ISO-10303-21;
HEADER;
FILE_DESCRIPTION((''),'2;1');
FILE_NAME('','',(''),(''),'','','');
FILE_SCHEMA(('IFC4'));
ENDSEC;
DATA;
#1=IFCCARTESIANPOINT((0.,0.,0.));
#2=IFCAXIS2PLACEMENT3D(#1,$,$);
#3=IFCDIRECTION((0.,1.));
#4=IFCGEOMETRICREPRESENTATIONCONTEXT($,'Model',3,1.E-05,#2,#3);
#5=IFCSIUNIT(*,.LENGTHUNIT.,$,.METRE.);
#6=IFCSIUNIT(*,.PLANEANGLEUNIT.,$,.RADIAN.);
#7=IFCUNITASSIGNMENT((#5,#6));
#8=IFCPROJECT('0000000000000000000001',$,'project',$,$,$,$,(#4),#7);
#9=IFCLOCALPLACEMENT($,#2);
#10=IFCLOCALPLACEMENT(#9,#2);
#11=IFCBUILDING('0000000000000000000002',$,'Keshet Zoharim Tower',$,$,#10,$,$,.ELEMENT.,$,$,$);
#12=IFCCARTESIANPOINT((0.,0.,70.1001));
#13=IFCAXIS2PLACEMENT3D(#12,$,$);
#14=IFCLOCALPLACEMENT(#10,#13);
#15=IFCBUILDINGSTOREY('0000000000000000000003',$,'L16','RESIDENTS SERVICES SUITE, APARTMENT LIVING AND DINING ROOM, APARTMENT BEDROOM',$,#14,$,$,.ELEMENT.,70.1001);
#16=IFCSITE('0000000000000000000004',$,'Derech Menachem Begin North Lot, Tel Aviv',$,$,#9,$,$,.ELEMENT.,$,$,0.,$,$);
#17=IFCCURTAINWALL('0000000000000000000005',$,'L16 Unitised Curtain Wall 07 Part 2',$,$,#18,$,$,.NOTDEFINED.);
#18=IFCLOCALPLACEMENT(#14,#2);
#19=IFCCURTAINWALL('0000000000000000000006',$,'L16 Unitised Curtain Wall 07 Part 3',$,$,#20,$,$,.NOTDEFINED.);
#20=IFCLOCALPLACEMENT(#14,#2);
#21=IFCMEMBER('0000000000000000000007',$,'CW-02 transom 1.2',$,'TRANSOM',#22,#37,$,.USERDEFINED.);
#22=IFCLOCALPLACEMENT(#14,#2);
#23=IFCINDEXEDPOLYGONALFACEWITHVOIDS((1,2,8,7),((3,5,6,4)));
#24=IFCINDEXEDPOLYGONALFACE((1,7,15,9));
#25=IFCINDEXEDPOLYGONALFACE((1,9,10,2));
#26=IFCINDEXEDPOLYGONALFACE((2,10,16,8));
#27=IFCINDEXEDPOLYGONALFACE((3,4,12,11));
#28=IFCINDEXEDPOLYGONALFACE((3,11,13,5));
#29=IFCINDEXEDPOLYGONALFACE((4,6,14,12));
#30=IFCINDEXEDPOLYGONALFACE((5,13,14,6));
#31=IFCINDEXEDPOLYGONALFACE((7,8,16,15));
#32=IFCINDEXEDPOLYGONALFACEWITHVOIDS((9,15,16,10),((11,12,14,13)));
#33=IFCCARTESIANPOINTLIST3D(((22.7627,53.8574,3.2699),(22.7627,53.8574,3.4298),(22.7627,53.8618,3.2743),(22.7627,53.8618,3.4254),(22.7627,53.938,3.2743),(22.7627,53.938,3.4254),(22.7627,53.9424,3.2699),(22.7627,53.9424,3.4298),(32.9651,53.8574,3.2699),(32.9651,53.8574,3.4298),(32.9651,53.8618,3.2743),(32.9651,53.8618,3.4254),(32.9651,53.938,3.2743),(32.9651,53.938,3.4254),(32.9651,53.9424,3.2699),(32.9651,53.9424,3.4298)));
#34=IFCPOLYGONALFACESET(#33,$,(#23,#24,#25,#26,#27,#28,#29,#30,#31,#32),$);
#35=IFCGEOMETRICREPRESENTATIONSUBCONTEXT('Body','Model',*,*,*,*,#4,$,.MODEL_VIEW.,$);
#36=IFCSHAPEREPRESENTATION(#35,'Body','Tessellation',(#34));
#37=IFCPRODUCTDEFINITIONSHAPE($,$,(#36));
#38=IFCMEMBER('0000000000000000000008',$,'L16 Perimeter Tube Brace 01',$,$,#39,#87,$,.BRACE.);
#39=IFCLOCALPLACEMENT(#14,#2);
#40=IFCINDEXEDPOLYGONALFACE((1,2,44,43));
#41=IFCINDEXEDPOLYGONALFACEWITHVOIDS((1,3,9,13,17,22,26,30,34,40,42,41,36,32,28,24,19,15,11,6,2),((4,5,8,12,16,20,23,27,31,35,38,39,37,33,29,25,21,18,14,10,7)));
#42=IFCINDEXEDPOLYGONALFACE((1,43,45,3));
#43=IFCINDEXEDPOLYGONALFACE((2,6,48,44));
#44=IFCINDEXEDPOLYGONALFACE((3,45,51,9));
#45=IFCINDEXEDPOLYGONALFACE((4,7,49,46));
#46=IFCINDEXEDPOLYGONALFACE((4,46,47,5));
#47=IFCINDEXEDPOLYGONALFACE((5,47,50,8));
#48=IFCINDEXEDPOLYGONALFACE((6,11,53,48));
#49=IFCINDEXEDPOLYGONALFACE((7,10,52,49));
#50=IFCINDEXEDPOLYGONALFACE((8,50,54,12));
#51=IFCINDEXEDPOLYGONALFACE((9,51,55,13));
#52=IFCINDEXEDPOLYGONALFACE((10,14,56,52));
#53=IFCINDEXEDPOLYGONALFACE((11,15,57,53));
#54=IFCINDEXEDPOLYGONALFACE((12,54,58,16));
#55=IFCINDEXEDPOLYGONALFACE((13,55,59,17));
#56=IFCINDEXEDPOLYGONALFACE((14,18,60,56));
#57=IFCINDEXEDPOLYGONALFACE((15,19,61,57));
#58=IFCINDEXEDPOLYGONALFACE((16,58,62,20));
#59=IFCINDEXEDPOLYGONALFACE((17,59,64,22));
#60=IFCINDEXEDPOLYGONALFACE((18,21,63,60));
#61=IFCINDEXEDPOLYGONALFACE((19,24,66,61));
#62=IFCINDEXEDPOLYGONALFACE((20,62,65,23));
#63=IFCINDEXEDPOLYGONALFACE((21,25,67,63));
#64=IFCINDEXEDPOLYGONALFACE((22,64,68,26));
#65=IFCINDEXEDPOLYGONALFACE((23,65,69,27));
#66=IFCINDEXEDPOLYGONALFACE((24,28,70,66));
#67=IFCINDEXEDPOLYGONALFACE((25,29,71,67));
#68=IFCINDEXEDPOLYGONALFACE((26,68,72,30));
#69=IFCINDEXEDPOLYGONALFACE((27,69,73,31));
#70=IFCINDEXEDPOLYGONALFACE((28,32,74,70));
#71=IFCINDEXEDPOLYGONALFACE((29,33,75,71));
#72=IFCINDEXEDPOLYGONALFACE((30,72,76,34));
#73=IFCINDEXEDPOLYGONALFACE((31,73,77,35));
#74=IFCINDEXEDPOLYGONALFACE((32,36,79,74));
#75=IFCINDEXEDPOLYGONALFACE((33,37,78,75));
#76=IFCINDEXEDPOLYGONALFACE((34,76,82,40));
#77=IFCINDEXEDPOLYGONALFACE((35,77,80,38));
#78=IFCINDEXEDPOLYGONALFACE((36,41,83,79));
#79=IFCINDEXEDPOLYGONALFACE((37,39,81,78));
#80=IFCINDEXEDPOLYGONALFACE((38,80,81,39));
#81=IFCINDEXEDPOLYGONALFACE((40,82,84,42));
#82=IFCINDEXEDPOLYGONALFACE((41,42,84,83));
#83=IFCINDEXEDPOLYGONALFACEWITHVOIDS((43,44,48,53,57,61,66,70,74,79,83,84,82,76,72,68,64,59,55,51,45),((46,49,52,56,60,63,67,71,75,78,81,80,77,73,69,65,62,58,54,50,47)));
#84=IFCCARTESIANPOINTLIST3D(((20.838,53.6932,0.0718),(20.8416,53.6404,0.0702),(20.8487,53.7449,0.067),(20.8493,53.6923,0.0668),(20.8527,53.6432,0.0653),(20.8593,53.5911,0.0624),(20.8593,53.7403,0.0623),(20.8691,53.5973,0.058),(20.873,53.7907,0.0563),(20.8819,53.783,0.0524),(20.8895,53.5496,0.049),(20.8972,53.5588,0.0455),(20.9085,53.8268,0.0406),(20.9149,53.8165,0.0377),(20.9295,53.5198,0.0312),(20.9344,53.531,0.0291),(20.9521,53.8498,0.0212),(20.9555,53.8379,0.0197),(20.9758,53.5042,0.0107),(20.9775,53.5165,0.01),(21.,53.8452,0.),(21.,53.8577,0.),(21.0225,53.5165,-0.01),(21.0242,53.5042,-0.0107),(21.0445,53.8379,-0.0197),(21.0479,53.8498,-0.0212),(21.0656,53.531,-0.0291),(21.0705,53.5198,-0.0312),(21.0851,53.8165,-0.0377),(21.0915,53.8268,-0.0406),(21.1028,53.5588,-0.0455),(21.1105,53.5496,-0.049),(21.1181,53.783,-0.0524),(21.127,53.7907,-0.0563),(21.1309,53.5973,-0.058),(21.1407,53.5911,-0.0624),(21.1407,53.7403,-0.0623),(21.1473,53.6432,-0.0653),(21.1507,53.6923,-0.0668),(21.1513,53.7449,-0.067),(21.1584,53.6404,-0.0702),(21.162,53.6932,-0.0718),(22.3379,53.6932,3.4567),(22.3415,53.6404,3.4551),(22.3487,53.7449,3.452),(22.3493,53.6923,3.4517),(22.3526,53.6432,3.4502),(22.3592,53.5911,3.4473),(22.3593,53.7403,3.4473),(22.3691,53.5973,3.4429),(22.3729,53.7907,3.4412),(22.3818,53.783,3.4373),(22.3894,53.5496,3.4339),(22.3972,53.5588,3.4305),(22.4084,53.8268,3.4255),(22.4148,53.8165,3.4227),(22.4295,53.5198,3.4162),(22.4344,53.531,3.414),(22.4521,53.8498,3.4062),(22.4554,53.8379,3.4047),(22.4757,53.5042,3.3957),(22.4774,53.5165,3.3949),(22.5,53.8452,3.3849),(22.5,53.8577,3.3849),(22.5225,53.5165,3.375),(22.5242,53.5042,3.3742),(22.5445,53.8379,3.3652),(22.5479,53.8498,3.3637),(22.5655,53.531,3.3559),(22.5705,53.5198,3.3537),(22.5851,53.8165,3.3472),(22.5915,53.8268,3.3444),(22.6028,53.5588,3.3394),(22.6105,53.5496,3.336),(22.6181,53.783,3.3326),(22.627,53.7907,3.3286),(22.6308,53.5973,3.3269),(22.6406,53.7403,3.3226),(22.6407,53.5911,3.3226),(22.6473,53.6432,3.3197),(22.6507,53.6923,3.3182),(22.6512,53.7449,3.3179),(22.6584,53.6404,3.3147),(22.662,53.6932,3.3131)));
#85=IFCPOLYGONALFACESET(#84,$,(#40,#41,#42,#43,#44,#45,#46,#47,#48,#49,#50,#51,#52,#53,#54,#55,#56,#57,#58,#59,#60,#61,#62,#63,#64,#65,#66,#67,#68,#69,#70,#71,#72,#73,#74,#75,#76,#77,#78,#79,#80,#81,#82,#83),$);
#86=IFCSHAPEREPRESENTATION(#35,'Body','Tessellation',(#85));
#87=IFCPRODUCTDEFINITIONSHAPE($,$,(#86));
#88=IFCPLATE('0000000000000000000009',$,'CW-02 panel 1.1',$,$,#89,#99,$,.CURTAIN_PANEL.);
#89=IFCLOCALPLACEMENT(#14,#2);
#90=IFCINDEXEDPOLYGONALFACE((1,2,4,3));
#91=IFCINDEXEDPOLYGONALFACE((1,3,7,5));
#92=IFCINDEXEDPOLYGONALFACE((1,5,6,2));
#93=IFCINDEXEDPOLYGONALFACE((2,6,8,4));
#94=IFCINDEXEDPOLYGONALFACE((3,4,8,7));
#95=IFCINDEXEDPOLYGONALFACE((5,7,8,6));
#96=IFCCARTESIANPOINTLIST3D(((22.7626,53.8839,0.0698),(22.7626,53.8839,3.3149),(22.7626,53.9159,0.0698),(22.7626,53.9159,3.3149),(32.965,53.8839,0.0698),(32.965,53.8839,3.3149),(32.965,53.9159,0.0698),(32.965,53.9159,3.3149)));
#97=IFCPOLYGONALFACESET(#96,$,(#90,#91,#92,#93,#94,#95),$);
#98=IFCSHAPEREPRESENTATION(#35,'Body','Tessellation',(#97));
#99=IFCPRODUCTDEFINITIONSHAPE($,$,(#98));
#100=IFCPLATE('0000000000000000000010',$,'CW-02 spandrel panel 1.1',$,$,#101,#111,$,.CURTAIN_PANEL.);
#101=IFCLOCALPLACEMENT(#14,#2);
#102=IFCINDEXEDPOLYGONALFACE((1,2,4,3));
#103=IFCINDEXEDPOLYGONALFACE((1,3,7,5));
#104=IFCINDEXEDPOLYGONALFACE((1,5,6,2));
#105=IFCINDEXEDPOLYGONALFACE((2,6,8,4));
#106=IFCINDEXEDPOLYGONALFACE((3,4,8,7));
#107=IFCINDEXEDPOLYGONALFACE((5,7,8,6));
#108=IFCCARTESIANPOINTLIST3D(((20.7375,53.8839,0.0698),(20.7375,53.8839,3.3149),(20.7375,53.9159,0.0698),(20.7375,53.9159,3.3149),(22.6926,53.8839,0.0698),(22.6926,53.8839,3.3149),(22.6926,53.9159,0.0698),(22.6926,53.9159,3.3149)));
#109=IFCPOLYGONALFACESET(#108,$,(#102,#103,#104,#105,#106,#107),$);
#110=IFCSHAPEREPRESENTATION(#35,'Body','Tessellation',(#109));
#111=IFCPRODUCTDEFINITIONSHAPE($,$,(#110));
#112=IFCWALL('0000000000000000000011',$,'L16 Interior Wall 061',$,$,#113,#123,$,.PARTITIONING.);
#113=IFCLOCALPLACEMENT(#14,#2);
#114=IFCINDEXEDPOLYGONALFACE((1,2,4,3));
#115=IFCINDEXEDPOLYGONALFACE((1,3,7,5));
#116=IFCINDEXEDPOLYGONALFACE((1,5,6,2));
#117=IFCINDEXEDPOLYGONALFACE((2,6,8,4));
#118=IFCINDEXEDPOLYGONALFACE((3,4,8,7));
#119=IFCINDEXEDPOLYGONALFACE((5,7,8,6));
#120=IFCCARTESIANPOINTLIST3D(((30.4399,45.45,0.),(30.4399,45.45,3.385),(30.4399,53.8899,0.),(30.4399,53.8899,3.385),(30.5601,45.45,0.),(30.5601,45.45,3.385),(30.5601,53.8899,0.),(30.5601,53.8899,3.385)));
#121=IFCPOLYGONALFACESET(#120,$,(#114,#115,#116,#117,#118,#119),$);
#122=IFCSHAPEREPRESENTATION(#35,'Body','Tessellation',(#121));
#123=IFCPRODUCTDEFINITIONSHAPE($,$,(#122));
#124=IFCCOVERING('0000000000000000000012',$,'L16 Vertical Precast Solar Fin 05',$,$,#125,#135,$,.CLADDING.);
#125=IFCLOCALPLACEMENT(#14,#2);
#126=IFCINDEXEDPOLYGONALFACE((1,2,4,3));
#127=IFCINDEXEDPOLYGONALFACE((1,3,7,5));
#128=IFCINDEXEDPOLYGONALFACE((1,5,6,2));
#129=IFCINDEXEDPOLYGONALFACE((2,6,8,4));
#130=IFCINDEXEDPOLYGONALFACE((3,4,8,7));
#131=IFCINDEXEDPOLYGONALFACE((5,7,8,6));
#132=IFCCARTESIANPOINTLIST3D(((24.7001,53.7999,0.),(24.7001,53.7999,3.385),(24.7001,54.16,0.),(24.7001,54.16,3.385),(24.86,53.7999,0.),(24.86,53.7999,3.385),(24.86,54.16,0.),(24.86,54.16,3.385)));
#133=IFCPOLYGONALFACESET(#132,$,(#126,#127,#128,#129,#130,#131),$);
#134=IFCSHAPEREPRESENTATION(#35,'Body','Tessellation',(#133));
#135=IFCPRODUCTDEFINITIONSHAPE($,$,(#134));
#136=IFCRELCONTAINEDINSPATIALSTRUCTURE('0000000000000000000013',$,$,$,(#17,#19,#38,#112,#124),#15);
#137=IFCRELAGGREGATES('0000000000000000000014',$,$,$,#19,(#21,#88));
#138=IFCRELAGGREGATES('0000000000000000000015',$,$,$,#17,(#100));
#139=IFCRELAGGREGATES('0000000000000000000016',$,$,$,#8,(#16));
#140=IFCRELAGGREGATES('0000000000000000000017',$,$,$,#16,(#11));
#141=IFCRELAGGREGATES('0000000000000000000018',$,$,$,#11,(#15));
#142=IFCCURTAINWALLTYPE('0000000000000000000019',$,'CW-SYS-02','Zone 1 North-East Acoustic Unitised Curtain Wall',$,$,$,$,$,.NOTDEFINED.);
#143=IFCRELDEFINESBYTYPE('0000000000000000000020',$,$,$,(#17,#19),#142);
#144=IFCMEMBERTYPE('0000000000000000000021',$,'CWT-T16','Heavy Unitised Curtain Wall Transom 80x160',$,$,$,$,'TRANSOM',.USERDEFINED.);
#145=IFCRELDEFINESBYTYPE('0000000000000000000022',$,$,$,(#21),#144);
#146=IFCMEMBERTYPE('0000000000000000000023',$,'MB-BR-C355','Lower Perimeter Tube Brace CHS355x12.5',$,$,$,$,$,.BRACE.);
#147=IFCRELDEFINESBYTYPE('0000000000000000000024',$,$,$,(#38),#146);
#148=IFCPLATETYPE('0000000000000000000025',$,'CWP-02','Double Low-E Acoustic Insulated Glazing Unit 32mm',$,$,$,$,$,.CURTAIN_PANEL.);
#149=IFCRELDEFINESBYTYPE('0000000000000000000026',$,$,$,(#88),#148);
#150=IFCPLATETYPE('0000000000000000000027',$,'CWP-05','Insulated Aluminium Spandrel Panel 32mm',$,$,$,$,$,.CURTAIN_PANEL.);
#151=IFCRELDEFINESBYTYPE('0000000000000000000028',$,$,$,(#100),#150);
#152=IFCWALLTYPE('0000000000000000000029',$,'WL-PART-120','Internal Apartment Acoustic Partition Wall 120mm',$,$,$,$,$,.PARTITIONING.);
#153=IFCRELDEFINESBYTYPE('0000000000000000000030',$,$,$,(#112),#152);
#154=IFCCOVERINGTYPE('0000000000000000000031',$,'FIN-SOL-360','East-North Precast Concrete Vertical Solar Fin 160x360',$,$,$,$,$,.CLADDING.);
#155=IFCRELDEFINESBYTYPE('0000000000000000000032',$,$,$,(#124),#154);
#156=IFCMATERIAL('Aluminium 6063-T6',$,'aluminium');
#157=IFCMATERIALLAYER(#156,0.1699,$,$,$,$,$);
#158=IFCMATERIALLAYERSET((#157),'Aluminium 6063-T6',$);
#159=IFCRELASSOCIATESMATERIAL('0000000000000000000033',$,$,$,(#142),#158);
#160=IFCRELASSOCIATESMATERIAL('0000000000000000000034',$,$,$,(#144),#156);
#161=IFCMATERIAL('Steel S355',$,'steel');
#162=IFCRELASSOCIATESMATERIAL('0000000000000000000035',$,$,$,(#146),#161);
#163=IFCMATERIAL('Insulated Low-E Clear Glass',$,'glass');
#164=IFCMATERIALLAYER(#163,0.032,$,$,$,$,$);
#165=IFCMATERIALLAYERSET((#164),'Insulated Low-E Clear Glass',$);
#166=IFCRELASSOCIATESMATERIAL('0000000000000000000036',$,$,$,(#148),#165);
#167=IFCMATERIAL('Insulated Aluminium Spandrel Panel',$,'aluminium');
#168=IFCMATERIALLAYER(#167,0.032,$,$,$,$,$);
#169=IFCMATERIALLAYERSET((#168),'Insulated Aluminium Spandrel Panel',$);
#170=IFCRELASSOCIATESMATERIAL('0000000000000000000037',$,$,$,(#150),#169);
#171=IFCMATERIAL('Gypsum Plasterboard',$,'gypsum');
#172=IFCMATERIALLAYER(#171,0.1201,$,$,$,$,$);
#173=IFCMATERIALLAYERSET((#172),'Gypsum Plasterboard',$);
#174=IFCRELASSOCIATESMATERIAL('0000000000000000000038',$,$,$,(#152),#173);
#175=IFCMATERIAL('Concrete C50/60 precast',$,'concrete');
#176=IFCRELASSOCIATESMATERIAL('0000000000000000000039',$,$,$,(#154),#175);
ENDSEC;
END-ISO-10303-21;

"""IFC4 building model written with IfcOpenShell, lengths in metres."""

from ifc_helpers import new_model, si_unit, direction, frame, frame_2d, origin, origin_2d, place, context, subcontext, project, spatial, rectangle, hollow_rectangle, hollow_circle, extrude, material, layer, layer_set, material_profile, profile_set, type_object, element, aggregate, save


model = new_model("IFC4")

# Units and contexts
model_context = context("Model", 3, precision=1e-05, world=origin(), true_north=direction((0.0, 1.0)))
body_context = subcontext(model_context, "Body", "Model", "MODEL_VIEW")
ifc_project = project(units=[si_unit("LENGTHUNIT", "METRE"), si_unit("PLANEANGLEUNIT", "RADIAN")], contexts=[model_context])

# Site, building, storey
site_placement = place(None, origin())
site = spatial("IfcSite", under=ifc_project, at=site_placement, Name="Derech Menachem Begin North Lot, Tel Aviv", CompositionType="ELEMENT", RefElevation=0.0)
building_placement = place(site_placement, origin())
building = spatial("IfcBuilding", under=site, at=building_placement, Name="Keshet Zoharim Tower", CompositionType="ELEMENT")
storey_placement = place(building_placement, frame((0.0, 0.0, 70.1001)))
storey = spatial("IfcBuildingStorey", under=building, at=storey_placement, Name="L16", Description="RESIDENTS SERVICES SUITE, APARTMENT LIVING AND DINING ROOM, APARTMENT BEDROOM", CompositionType="ELEMENT", Elevation=70.1001)

# Shared definitions
ifc_material_1 = material(Name="Steel S355", Category="steel")

# Shared definitions
ifc_material_2 = material(Name="Aluminium 6063-T6", Category="aluminium")
ifc_layer_1 = layer(ifc_material_2, 0.1699)
ifc_layer_set_1 = layer_set([ifc_layer_1], Name="Aluminium 6063-T6")
curtain_wall_type = type_object("IfcCurtainWallType", Name="CW-SYS-02", Description="Zone 1 North-East Acoustic Unitised Curtain Wall", PredefinedType="NOTDEFINED", material=ifc_layer_set_1)

# Curtain walls, member
curtain_wall_1_placement = place(storey_placement, origin())
curtain_wall_1 = element("IfcCurtainWall", 1, at=curtain_wall_1_placement, inside=storey, type_object=curtain_wall_type, Name="L16 Unitised Curtain Wall 07 Part 2", PredefinedType="NOTDEFINED")
ifc_material_profile_1 = material_profile(ifc_material_2, hollow_rectangle(XDim=0.085, YDim=0.1599, WallThickness=0.0044, at=origin_2d()), Name="TRN-85x160")
ifc_profile_set_1 = profile_set([ifc_material_profile_1], Name="Aluminium 6063-T6")
member_type_1 = type_object("IfcMemberType", Name="CWT-T16", Description="Heavy Unitised Curtain Wall Transom 80x160", ElementType="TRANSOM", PredefinedType="USERDEFINED", material=ifc_profile_set_1)
curtain_wall_2_placement = place(storey_placement, origin())
curtain_wall_2 = element("IfcCurtainWall", 2, at=curtain_wall_2_placement, inside=storey, type_object=curtain_wall_type, Name="L16 Unitised Curtain Wall 07 Part 3", PredefinedType="NOTDEFINED")
member_1_placement = place(storey_placement, frame((22.7627, 53.8999, 3.3499), z_axis=(1.0, 0.0, 0.0), x_axis=(0.0, 1.0, 0.0)))
member_1 = element("IfcMember", 3, at=member_1_placement, type_object=member_type_1, Name="CW-02 transom 1.2", ObjectType="TRANSOM", PredefinedType="USERDEFINED", context=body_context, shape_type="SweptSolid", body=[
    extrude(hollow_rectangle(XDim=0.085, YDim=0.1599, WallThickness=0.0044, at=origin_2d()), origin(), (0.0, 0.0, 1.0), 10.2024),
])

# Member
ifc_material_profile_2 = material_profile(ifc_material_1, hollow_circle(Radius=0.1777, WallThickness=0.0125, at=origin_2d()), Name="CHS355x12.5")
ifc_profile_set_2 = profile_set([ifc_material_profile_2], Name="Steel S355")
member_type_2 = type_object("IfcMemberType", Name="MB-BR-C355", Description="Lower Perimeter Tube Brace CHS355x12.5", PredefinedType="BRACE", material=ifc_profile_set_2)
member_2_placement = place(storey_placement, frame((21.0, 53.6799, 0.0), z_axis=(0.405135, 0.0, 0.914257), x_axis=(0.0, 1.0, 0.0)))
element("IfcMember", 4, at=member_2_placement, inside=storey, type_object=member_type_2, Name="L16 Perimeter Tube Brace 01", PredefinedType="BRACE", context=body_context, shape_type="SweptSolid", body=[
    extrude(hollow_circle(Radius=0.1777, WallThickness=0.0125, at=origin_2d()), origin(), (0.0, 0.0, 1.0), 3.7024),
])

# Plates
ifc_material_3 = material(Name="Insulated Low-E Clear Glass", Category="glass")
ifc_layer_2 = layer(ifc_material_3, 0.032)
ifc_layer_set_2 = layer_set([ifc_layer_2], Name="Insulated Low-E Clear Glass")
plate_type_1 = type_object("IfcPlateType", Name="CWP-02", Description="Double Low-E Acoustic Insulated Glazing Unit 32mm", PredefinedType="CURTAIN_PANEL", material=ifc_layer_set_2)
plate_1_placement = place(storey_placement, frame((27.8638, 53.8999, 0.0698), z_axis=(0.0, 0.0, 1.0), x_axis=(1.0, 0.0, 0.0)))
plate_1 = element("IfcPlate", 5, at=plate_1_placement, type_object=plate_type_1, Name="CW-02 panel 1.1", PredefinedType="CURTAIN_PANEL", context=body_context, shape_type="SweptSolid", body=[
    extrude(rectangle(XDim=10.2024, YDim=0.032, at=origin_2d()), origin(), (0.0, 0.0, 1.0), 3.2451),
])
aggregate(curtain_wall_2, [member_1, plate_1])
ifc_material_4 = material(Name="Insulated Aluminium Spandrel Panel", Category="aluminium")
ifc_layer_3 = layer(ifc_material_4, 0.032)
ifc_layer_set_3 = layer_set([ifc_layer_3], Name="Insulated Aluminium Spandrel Panel")
plate_type_2 = type_object("IfcPlateType", Name="CWP-05", Description="Insulated Aluminium Spandrel Panel 32mm", PredefinedType="CURTAIN_PANEL", material=ifc_layer_set_3)
plate_2_placement = place(storey_placement, frame((21.7151, 53.8999, 0.0698), z_axis=(0.0, 0.0, 1.0), x_axis=(1.0, 0.0, 0.0)))
plate_2 = element("IfcPlate", 6, at=plate_2_placement, type_object=plate_type_2, Name="CW-02 spandrel panel 1.1", PredefinedType="CURTAIN_PANEL", context=body_context, shape_type="SweptSolid", body=[
    extrude(rectangle(XDim=1.9551, YDim=0.032, at=origin_2d()), origin(), (0.0, 0.0, 1.0), 3.2451),
])
aggregate(curtain_wall_1, [plate_2])

# Wall
ifc_material_5 = material(Name="Gypsum Plasterboard", Category="gypsum")
ifc_layer_4 = layer(ifc_material_5, 0.1201)
ifc_layer_set_4 = layer_set([ifc_layer_4], Name="Gypsum Plasterboard")
wall_type = type_object("IfcWallType", Name="WL-PART-120", Description="Internal Apartment Acoustic Partition Wall 120mm", PredefinedType="PARTITIONING", material=ifc_layer_set_4)
wall_1_placement = place(storey_placement, frame((30.5, 45.45, 0.0), z_axis=(0.0, 0.0, 1.0), x_axis=(0.0, 1.0, 0.0)))
element("IfcWall", 7, at=wall_1_placement, inside=storey, type_object=wall_type, Name="L16 Interior Wall 061", PredefinedType="PARTITIONING", context=body_context, shape_type="SweptSolid", body=[
    extrude(rectangle(XDim=8.4399, YDim=0.1201, at=frame_2d((4.22, 0.0))), origin(), (0.0, 0.0, 1.0), 3.385),
])

# Covering
ifc_material_6 = material(Name="Concrete C50/60 precast", Category="concrete")
covering_type = type_object("IfcCoveringType", Name="FIN-SOL-360", Description="East-North Precast Concrete Vertical Solar Fin 160x360", PredefinedType="CLADDING", material=ifc_material_6)
covering_placement = place(storey_placement, frame((24.78, 53.98, 0.0), z_axis=(0.0, 0.0, 1.0), x_axis=(1.0, 0.0, 0.0)))
element("IfcCovering", 8, at=covering_placement, inside=storey, type_object=covering_type, Name="L16 Vertical Precast Solar Fin 05", PredefinedType="CLADDING", context=body_context, shape_type="SweptSolid", body=[
    extrude(rectangle(XDim=0.1599, YDim=0.3601, at=origin_2d()), origin(), (0.0, 0.0, 1.0), 3.385),
])

save(model, "model.ifc")
